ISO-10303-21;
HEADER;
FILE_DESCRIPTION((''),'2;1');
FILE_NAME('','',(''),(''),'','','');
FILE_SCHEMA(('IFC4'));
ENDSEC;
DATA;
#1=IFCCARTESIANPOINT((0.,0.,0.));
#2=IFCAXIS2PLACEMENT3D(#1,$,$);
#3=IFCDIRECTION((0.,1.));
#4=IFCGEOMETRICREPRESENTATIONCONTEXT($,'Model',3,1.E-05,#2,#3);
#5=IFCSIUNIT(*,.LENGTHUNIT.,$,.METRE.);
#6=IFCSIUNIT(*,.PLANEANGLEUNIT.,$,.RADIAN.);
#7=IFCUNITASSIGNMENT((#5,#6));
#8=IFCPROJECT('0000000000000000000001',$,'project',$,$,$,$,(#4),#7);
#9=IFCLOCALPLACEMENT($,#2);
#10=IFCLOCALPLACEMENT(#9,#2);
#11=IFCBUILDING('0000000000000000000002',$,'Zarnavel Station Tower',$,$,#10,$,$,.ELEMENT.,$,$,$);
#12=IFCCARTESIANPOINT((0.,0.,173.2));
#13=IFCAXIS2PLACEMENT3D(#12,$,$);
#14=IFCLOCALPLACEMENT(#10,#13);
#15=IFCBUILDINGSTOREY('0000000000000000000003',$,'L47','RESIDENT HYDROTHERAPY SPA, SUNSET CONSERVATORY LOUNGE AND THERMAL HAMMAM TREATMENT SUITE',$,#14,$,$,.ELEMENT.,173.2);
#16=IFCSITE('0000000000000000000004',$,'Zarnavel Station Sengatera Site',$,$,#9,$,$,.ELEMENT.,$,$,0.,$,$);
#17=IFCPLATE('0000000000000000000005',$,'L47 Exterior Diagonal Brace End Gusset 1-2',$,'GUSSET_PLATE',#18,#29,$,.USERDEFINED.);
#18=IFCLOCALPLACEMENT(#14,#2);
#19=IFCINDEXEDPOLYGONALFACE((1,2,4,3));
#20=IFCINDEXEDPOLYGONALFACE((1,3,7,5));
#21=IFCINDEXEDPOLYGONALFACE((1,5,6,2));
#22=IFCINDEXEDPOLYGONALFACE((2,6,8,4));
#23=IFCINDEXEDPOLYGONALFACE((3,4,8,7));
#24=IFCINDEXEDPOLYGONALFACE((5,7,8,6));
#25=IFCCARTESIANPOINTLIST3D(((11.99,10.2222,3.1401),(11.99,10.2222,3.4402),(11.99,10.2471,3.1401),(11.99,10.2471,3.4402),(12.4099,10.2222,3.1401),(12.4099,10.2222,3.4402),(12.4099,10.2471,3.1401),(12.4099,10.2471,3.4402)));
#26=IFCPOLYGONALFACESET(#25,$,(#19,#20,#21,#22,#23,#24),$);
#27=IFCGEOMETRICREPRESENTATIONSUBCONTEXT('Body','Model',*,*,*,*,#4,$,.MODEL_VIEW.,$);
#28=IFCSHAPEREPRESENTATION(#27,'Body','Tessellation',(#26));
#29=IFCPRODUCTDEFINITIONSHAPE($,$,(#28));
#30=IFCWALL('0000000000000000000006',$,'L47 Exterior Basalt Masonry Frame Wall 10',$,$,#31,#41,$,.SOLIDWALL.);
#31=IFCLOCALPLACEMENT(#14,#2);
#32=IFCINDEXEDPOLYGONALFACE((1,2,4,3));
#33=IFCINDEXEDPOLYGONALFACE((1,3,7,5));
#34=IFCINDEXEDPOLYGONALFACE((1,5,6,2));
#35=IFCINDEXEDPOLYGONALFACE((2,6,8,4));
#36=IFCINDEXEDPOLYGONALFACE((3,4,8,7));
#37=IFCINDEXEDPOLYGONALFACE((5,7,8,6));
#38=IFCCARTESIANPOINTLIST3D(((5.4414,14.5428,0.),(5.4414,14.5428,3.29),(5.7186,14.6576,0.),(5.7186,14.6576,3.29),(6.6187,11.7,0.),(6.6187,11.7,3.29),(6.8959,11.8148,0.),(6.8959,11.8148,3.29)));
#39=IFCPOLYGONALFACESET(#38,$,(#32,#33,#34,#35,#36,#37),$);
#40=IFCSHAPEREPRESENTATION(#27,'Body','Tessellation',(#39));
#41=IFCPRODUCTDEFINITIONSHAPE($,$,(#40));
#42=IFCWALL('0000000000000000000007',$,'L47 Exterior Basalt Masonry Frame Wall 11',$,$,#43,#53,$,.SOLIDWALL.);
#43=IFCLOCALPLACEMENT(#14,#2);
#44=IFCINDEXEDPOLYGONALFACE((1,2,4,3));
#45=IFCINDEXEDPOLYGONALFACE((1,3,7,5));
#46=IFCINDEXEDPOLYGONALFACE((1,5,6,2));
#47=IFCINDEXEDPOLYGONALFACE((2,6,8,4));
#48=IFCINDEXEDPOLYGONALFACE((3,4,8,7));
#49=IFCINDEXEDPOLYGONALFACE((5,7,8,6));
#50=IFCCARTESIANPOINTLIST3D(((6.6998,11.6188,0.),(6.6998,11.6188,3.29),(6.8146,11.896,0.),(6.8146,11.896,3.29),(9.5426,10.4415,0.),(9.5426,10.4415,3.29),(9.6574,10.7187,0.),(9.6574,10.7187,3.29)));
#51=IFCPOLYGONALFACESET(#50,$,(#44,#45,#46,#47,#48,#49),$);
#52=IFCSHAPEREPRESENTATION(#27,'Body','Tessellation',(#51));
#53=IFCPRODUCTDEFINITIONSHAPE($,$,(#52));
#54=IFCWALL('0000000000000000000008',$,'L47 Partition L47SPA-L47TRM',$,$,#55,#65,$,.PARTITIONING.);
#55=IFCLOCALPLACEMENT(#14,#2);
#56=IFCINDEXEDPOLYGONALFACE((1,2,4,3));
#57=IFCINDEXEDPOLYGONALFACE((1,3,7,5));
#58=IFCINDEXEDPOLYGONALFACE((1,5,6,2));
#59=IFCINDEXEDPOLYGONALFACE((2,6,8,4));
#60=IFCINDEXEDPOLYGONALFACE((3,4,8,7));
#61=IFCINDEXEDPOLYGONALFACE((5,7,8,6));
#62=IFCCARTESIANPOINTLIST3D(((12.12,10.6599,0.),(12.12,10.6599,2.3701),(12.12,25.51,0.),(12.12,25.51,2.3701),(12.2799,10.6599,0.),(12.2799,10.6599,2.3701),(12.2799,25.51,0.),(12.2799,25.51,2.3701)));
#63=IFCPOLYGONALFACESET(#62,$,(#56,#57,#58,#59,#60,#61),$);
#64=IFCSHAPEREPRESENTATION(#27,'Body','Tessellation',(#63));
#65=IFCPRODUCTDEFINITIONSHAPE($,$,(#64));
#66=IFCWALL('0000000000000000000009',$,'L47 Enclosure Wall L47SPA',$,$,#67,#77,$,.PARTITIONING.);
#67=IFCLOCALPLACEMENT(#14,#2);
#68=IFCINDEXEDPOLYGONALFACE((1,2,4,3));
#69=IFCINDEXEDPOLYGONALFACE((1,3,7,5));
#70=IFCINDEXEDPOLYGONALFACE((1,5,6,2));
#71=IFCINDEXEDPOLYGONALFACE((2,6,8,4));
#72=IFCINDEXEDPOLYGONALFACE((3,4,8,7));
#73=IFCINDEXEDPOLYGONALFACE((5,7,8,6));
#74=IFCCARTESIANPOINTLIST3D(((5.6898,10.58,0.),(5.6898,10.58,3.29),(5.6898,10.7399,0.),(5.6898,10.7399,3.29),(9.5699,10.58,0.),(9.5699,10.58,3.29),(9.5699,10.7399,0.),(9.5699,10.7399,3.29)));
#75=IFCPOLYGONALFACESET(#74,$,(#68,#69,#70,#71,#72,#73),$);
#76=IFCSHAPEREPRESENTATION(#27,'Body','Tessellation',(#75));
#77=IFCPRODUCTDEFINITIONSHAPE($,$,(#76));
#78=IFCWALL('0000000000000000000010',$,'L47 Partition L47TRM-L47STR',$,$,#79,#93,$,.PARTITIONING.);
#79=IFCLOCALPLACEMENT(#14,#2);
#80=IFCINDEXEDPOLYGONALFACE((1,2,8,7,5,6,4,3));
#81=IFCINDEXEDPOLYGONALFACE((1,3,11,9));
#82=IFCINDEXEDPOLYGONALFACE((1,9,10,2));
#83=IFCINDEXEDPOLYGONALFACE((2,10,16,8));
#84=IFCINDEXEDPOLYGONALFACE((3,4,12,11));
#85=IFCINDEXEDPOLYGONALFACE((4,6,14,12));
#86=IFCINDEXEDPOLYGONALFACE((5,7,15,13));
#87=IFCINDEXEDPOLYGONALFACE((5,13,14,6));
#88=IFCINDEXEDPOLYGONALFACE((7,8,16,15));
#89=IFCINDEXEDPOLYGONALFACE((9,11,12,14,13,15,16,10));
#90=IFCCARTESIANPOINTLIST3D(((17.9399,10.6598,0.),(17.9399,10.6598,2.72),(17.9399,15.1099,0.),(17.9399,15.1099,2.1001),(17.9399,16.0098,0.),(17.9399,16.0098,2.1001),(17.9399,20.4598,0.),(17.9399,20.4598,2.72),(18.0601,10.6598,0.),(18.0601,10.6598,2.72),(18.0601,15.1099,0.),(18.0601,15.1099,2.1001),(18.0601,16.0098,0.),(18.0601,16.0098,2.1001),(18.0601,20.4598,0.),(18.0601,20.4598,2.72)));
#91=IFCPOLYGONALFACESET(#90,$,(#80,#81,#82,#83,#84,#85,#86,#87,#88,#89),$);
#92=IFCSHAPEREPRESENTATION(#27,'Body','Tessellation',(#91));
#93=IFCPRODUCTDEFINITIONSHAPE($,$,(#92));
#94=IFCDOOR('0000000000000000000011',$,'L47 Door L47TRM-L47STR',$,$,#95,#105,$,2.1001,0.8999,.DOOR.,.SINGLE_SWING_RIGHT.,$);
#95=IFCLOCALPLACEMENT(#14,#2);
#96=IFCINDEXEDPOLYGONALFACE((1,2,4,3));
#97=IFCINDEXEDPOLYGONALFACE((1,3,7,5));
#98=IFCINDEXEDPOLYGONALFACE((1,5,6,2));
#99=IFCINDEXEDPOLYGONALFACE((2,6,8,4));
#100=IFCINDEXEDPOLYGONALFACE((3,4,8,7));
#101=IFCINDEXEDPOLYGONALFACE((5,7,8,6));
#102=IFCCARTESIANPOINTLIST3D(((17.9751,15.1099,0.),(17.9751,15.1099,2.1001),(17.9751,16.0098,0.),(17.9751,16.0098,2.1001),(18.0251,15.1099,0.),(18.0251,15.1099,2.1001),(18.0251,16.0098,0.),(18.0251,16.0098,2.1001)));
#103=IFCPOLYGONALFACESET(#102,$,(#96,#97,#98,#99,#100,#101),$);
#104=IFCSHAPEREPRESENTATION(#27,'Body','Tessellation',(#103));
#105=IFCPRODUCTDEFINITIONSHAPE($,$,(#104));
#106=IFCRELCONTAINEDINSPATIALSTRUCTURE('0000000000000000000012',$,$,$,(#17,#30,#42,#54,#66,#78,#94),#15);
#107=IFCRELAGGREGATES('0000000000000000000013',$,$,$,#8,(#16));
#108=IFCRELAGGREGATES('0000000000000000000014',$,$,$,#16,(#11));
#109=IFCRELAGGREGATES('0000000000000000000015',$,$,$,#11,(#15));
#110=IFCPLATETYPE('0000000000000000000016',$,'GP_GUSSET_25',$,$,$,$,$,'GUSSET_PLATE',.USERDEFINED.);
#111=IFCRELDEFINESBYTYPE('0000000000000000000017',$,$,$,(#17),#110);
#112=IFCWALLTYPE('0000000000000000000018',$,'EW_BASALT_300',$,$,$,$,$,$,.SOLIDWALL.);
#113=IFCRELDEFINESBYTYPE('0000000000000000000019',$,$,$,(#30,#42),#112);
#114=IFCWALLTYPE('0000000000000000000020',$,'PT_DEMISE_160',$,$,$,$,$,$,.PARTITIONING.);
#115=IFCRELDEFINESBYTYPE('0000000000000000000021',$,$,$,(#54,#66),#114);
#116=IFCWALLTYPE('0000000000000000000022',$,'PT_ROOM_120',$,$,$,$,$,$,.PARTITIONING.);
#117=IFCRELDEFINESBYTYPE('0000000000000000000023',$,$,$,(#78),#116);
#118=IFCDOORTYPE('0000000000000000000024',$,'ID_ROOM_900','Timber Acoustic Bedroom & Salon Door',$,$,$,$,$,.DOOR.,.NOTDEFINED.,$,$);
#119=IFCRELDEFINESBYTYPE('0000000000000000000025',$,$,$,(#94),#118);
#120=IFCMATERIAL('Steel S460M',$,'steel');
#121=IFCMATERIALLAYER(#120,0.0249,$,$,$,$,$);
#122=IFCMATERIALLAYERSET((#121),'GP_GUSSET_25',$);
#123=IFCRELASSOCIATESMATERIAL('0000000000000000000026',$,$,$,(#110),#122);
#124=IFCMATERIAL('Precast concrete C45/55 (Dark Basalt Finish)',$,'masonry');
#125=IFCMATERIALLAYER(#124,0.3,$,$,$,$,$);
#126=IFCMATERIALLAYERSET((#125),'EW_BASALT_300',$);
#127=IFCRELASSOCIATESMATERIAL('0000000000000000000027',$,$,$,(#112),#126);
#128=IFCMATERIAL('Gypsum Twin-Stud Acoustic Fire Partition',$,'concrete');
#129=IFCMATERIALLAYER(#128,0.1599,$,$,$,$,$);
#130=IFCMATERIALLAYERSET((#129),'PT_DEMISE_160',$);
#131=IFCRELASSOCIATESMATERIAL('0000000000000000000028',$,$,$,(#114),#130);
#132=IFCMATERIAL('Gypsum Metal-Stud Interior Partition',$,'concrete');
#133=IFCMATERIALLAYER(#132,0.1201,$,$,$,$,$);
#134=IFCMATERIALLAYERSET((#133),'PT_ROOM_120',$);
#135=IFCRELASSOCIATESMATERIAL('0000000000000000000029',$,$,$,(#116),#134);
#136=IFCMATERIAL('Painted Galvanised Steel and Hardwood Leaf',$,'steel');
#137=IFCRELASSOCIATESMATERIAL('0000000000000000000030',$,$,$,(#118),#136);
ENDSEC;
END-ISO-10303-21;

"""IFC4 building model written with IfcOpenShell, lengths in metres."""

from ifc_helpers import new_model, si_unit, direction, frame, frame_2d, origin, origin_2d, place, context, subcontext, project, spatial, rectangle, extrude, material, layer, layer_set, type_object, element, fill, save


model = new_model("IFC4")

# Units and contexts
model_context = context("Model", 3, precision=1e-05, world=origin(), true_north=direction((0.0, 1.0)))
body_context = subcontext(model_context, "Body", "Model", "MODEL_VIEW")
ifc_project = project(units=[si_unit("LENGTHUNIT", "METRE"), si_unit("PLANEANGLEUNIT", "RADIAN")], contexts=[model_context])

# Site, building, storey
site_placement = place(None, origin())
site = spatial("IfcSite", under=ifc_project, at=site_placement, Name="Zarnavel Station Sengatera Site", CompositionType="ELEMENT", RefElevation=0.0)
building_placement = place(site_placement, origin())
building = spatial("IfcBuilding", under=site, at=building_placement, Name="Zarnavel Station Tower", CompositionType="ELEMENT")
storey_placement = place(building_placement, frame((0.0, 0.0, 173.2)))
storey = spatial("IfcBuildingStorey", under=building, at=storey_placement, Name="L47", Description="RESIDENT HYDROTHERAPY SPA, SUNSET CONSERVATORY LOUNGE AND THERMAL HAMMAM TREATMENT SUITE", CompositionType="ELEMENT", Elevation=173.2)

# Plate
ifc_material_1 = material(Name="Steel S460M", Category="steel")
ifc_layer_1 = layer(ifc_material_1, 0.0249)
ifc_layer_set_1 = layer_set([ifc_layer_1], Name="GP_GUSSET_25")
plate_type = type_object("IfcPlateType", Name="GP_GUSSET_25", ElementType="GUSSET_PLATE", PredefinedType="USERDEFINED", material=ifc_layer_set_1)
plate_placement = place(storey_placement, frame((12.2, 10.2346, 3.1401), z_axis=(0.0, 0.0, 1.0), x_axis=(1.0, 0.0, 0.0)))
element("IfcPlate", 1, at=plate_placement, inside=storey, type_object=plate_type, Name="L47 Exterior Diagonal Brace End Gusset 1-2", ObjectType="GUSSET_PLATE", PredefinedType="USERDEFINED", context=body_context, shape_type="SweptSolid", body=[
    extrude(rectangle(XDim=0.4199, YDim=0.0249, at=origin_2d()), origin(), (0.0, 0.0, 1.0), 0.3),
])

# Walls
ifc_material_2 = material(Name="Precast concrete C45/55 (Dark Basalt Finish)", Category="masonry")
ifc_layer_2 = layer(ifc_material_2, 0.3)
ifc_layer_set_2 = layer_set([ifc_layer_2], Name="EW_BASALT_300")
wall_type_1 = type_object("IfcWallType", Name="EW_BASALT_300", PredefinedType="SOLIDWALL", material=ifc_layer_set_2)
for number, where, z_axis, x_axis, name in (
    (2, (6.7573, 11.7573, 0.0), (0.0, 0.0, 1.0), (-0.382609, 0.92391, 0.0), "L47 Exterior Basalt Masonry Frame Wall 10"),
    (3, (9.6001, 10.5801, 0.0), (0.0, 0.0, 1.0), (-0.92391, 0.382609, 0.0), "L47 Exterior Basalt Masonry Frame Wall 11"),
):
    element("IfcWall", number, at=place(storey_placement, frame(where, z_axis=z_axis, x_axis=x_axis)), inside=storey, type_object=wall_type_1, Name=name, PredefinedType="SOLIDWALL", context=body_context, shape_type="SweptSolid", body=[
        extrude(rectangle(XDim=3.0769, YDim=0.3, at=frame_2d((1.5386, 0.0))), origin(), (0.0, 0.0, 1.0), 3.29),
    ])
ifc_material_3 = material(Name="Gypsum Twin-Stud Acoustic Fire Partition", Category="concrete")
ifc_layer_3 = layer(ifc_material_3, 0.1599)
ifc_layer_set_3 = layer_set([ifc_layer_3], Name="PT_DEMISE_160")
wall_type_2 = type_object("IfcWallType", Name="PT_DEMISE_160", PredefinedType="PARTITIONING", material=ifc_layer_set_3)
wall_1_placement = place(storey_placement, frame((12.2, 10.6599, 0.0), z_axis=(0.0, 0.0, 1.0), x_axis=(0.0, 1.0, 0.0)))
element("IfcWall", 4, at=wall_1_placement, inside=storey, type_object=wall_type_2, Name="L47 Partition L47SPA-L47TRM", PredefinedType="PARTITIONING", context=body_context, shape_type="SweptSolid", body=[
    extrude(rectangle(XDim=14.8501, YDim=0.1599, at=frame_2d((7.425, 0.0))), origin(), (0.0, 0.0, 1.0), 2.3701),
])
wall_2_placement = place(storey_placement, frame((5.6899, 10.6599, 0.0), z_axis=(0.0, 0.0, 1.0), x_axis=(1.0, 0.0, 0.0)))
element("IfcWall", 5, at=wall_2_placement, inside=storey, type_object=wall_type_2, Name="L47 Enclosure Wall L47SPA", PredefinedType="PARTITIONING", context=body_context, shape_type="SweptSolid", body=[
    extrude(rectangle(XDim=3.8801, YDim=0.1599, at=frame_2d((1.9399, 0.0))), origin(), (0.0, 0.0, 1.0), 3.29),
])

# Wall, opening, door
ifc_material_4 = material(Name="Gypsum Metal-Stud Interior Partition", Category="concrete")
ifc_layer_4 = layer(ifc_material_4, 0.1201)
ifc_layer_set_4 = layer_set([ifc_layer_4], Name="PT_ROOM_120")
wall_type_3 = type_object("IfcWallType", Name="PT_ROOM_120", PredefinedType="PARTITIONING", material=ifc_layer_set_4)
wall_3_placement = place(storey_placement, frame((18.0, 10.6599, 0.0), z_axis=(0.0, 0.0, 1.0), x_axis=(0.0, 1.0, 0.0)))
wall_3 = element("IfcWall", 6, at=wall_3_placement, inside=storey, type_object=wall_type_3, Name="L47 Partition L47TRM-L47STR", PredefinedType="PARTITIONING", context=body_context, shape_type="SweptSolid", body=[
    extrude(rectangle(XDim=9.8, YDim=0.1201, at=frame_2d((4.8999, 0.0))), origin(), (0.0, 0.0, 1.0), 2.72),
])
opening_placement = place(wall_3_placement, frame((4.45, 0.0, 0.0)))
opening = element("IfcOpeningElement", 7, at=opening_placement, cuts=wall_3, PredefinedType="OPENING", context=body_context, shape_type="SweptSolid", body=[
    extrude(rectangle(XDim=0.8999, YDim=2.1001, at=frame_2d((0.45, 1.05))), frame((0.0, 0.0701, 0.0), z_axis=(0.0, -1.0, 0.0), x_axis=(1.0, 0.0, 0.0)), (0.0, 0.0, 1.0), 0.1401),
])
ifc_material_5 = material(Name="Painted Galvanised Steel and Hardwood Leaf", Category="steel")
door_type = type_object("IfcDoorType", Name="ID_ROOM_900", Description="Timber Acoustic Bedroom & Salon Door", OperationType="NOTDEFINED", PredefinedType="DOOR", material=ifc_material_5)
door_placement = place(opening_placement, origin())
door = element("IfcDoor", 8, at=door_placement, inside=storey, type_object=door_type, Name="L47 Door L47TRM-L47STR", OperationType="SINGLE_SWING_RIGHT", OverallHeight=2.1001, OverallWidth=0.8999, PredefinedType="DOOR", context=body_context, shape_type="SweptSolid", body=[
    extrude(rectangle(XDim=0.8999, YDim=2.1001, at=frame_2d((0.45, 1.05))), frame((0.0, 0.0249, 0.0), z_axis=(0.0, -1.0, 0.0), x_axis=(1.0, 0.0, 0.0)), (0.0, 0.0, 1.0), 0.05),
])
fill(opening, door)

save(model, "model.ifc")
